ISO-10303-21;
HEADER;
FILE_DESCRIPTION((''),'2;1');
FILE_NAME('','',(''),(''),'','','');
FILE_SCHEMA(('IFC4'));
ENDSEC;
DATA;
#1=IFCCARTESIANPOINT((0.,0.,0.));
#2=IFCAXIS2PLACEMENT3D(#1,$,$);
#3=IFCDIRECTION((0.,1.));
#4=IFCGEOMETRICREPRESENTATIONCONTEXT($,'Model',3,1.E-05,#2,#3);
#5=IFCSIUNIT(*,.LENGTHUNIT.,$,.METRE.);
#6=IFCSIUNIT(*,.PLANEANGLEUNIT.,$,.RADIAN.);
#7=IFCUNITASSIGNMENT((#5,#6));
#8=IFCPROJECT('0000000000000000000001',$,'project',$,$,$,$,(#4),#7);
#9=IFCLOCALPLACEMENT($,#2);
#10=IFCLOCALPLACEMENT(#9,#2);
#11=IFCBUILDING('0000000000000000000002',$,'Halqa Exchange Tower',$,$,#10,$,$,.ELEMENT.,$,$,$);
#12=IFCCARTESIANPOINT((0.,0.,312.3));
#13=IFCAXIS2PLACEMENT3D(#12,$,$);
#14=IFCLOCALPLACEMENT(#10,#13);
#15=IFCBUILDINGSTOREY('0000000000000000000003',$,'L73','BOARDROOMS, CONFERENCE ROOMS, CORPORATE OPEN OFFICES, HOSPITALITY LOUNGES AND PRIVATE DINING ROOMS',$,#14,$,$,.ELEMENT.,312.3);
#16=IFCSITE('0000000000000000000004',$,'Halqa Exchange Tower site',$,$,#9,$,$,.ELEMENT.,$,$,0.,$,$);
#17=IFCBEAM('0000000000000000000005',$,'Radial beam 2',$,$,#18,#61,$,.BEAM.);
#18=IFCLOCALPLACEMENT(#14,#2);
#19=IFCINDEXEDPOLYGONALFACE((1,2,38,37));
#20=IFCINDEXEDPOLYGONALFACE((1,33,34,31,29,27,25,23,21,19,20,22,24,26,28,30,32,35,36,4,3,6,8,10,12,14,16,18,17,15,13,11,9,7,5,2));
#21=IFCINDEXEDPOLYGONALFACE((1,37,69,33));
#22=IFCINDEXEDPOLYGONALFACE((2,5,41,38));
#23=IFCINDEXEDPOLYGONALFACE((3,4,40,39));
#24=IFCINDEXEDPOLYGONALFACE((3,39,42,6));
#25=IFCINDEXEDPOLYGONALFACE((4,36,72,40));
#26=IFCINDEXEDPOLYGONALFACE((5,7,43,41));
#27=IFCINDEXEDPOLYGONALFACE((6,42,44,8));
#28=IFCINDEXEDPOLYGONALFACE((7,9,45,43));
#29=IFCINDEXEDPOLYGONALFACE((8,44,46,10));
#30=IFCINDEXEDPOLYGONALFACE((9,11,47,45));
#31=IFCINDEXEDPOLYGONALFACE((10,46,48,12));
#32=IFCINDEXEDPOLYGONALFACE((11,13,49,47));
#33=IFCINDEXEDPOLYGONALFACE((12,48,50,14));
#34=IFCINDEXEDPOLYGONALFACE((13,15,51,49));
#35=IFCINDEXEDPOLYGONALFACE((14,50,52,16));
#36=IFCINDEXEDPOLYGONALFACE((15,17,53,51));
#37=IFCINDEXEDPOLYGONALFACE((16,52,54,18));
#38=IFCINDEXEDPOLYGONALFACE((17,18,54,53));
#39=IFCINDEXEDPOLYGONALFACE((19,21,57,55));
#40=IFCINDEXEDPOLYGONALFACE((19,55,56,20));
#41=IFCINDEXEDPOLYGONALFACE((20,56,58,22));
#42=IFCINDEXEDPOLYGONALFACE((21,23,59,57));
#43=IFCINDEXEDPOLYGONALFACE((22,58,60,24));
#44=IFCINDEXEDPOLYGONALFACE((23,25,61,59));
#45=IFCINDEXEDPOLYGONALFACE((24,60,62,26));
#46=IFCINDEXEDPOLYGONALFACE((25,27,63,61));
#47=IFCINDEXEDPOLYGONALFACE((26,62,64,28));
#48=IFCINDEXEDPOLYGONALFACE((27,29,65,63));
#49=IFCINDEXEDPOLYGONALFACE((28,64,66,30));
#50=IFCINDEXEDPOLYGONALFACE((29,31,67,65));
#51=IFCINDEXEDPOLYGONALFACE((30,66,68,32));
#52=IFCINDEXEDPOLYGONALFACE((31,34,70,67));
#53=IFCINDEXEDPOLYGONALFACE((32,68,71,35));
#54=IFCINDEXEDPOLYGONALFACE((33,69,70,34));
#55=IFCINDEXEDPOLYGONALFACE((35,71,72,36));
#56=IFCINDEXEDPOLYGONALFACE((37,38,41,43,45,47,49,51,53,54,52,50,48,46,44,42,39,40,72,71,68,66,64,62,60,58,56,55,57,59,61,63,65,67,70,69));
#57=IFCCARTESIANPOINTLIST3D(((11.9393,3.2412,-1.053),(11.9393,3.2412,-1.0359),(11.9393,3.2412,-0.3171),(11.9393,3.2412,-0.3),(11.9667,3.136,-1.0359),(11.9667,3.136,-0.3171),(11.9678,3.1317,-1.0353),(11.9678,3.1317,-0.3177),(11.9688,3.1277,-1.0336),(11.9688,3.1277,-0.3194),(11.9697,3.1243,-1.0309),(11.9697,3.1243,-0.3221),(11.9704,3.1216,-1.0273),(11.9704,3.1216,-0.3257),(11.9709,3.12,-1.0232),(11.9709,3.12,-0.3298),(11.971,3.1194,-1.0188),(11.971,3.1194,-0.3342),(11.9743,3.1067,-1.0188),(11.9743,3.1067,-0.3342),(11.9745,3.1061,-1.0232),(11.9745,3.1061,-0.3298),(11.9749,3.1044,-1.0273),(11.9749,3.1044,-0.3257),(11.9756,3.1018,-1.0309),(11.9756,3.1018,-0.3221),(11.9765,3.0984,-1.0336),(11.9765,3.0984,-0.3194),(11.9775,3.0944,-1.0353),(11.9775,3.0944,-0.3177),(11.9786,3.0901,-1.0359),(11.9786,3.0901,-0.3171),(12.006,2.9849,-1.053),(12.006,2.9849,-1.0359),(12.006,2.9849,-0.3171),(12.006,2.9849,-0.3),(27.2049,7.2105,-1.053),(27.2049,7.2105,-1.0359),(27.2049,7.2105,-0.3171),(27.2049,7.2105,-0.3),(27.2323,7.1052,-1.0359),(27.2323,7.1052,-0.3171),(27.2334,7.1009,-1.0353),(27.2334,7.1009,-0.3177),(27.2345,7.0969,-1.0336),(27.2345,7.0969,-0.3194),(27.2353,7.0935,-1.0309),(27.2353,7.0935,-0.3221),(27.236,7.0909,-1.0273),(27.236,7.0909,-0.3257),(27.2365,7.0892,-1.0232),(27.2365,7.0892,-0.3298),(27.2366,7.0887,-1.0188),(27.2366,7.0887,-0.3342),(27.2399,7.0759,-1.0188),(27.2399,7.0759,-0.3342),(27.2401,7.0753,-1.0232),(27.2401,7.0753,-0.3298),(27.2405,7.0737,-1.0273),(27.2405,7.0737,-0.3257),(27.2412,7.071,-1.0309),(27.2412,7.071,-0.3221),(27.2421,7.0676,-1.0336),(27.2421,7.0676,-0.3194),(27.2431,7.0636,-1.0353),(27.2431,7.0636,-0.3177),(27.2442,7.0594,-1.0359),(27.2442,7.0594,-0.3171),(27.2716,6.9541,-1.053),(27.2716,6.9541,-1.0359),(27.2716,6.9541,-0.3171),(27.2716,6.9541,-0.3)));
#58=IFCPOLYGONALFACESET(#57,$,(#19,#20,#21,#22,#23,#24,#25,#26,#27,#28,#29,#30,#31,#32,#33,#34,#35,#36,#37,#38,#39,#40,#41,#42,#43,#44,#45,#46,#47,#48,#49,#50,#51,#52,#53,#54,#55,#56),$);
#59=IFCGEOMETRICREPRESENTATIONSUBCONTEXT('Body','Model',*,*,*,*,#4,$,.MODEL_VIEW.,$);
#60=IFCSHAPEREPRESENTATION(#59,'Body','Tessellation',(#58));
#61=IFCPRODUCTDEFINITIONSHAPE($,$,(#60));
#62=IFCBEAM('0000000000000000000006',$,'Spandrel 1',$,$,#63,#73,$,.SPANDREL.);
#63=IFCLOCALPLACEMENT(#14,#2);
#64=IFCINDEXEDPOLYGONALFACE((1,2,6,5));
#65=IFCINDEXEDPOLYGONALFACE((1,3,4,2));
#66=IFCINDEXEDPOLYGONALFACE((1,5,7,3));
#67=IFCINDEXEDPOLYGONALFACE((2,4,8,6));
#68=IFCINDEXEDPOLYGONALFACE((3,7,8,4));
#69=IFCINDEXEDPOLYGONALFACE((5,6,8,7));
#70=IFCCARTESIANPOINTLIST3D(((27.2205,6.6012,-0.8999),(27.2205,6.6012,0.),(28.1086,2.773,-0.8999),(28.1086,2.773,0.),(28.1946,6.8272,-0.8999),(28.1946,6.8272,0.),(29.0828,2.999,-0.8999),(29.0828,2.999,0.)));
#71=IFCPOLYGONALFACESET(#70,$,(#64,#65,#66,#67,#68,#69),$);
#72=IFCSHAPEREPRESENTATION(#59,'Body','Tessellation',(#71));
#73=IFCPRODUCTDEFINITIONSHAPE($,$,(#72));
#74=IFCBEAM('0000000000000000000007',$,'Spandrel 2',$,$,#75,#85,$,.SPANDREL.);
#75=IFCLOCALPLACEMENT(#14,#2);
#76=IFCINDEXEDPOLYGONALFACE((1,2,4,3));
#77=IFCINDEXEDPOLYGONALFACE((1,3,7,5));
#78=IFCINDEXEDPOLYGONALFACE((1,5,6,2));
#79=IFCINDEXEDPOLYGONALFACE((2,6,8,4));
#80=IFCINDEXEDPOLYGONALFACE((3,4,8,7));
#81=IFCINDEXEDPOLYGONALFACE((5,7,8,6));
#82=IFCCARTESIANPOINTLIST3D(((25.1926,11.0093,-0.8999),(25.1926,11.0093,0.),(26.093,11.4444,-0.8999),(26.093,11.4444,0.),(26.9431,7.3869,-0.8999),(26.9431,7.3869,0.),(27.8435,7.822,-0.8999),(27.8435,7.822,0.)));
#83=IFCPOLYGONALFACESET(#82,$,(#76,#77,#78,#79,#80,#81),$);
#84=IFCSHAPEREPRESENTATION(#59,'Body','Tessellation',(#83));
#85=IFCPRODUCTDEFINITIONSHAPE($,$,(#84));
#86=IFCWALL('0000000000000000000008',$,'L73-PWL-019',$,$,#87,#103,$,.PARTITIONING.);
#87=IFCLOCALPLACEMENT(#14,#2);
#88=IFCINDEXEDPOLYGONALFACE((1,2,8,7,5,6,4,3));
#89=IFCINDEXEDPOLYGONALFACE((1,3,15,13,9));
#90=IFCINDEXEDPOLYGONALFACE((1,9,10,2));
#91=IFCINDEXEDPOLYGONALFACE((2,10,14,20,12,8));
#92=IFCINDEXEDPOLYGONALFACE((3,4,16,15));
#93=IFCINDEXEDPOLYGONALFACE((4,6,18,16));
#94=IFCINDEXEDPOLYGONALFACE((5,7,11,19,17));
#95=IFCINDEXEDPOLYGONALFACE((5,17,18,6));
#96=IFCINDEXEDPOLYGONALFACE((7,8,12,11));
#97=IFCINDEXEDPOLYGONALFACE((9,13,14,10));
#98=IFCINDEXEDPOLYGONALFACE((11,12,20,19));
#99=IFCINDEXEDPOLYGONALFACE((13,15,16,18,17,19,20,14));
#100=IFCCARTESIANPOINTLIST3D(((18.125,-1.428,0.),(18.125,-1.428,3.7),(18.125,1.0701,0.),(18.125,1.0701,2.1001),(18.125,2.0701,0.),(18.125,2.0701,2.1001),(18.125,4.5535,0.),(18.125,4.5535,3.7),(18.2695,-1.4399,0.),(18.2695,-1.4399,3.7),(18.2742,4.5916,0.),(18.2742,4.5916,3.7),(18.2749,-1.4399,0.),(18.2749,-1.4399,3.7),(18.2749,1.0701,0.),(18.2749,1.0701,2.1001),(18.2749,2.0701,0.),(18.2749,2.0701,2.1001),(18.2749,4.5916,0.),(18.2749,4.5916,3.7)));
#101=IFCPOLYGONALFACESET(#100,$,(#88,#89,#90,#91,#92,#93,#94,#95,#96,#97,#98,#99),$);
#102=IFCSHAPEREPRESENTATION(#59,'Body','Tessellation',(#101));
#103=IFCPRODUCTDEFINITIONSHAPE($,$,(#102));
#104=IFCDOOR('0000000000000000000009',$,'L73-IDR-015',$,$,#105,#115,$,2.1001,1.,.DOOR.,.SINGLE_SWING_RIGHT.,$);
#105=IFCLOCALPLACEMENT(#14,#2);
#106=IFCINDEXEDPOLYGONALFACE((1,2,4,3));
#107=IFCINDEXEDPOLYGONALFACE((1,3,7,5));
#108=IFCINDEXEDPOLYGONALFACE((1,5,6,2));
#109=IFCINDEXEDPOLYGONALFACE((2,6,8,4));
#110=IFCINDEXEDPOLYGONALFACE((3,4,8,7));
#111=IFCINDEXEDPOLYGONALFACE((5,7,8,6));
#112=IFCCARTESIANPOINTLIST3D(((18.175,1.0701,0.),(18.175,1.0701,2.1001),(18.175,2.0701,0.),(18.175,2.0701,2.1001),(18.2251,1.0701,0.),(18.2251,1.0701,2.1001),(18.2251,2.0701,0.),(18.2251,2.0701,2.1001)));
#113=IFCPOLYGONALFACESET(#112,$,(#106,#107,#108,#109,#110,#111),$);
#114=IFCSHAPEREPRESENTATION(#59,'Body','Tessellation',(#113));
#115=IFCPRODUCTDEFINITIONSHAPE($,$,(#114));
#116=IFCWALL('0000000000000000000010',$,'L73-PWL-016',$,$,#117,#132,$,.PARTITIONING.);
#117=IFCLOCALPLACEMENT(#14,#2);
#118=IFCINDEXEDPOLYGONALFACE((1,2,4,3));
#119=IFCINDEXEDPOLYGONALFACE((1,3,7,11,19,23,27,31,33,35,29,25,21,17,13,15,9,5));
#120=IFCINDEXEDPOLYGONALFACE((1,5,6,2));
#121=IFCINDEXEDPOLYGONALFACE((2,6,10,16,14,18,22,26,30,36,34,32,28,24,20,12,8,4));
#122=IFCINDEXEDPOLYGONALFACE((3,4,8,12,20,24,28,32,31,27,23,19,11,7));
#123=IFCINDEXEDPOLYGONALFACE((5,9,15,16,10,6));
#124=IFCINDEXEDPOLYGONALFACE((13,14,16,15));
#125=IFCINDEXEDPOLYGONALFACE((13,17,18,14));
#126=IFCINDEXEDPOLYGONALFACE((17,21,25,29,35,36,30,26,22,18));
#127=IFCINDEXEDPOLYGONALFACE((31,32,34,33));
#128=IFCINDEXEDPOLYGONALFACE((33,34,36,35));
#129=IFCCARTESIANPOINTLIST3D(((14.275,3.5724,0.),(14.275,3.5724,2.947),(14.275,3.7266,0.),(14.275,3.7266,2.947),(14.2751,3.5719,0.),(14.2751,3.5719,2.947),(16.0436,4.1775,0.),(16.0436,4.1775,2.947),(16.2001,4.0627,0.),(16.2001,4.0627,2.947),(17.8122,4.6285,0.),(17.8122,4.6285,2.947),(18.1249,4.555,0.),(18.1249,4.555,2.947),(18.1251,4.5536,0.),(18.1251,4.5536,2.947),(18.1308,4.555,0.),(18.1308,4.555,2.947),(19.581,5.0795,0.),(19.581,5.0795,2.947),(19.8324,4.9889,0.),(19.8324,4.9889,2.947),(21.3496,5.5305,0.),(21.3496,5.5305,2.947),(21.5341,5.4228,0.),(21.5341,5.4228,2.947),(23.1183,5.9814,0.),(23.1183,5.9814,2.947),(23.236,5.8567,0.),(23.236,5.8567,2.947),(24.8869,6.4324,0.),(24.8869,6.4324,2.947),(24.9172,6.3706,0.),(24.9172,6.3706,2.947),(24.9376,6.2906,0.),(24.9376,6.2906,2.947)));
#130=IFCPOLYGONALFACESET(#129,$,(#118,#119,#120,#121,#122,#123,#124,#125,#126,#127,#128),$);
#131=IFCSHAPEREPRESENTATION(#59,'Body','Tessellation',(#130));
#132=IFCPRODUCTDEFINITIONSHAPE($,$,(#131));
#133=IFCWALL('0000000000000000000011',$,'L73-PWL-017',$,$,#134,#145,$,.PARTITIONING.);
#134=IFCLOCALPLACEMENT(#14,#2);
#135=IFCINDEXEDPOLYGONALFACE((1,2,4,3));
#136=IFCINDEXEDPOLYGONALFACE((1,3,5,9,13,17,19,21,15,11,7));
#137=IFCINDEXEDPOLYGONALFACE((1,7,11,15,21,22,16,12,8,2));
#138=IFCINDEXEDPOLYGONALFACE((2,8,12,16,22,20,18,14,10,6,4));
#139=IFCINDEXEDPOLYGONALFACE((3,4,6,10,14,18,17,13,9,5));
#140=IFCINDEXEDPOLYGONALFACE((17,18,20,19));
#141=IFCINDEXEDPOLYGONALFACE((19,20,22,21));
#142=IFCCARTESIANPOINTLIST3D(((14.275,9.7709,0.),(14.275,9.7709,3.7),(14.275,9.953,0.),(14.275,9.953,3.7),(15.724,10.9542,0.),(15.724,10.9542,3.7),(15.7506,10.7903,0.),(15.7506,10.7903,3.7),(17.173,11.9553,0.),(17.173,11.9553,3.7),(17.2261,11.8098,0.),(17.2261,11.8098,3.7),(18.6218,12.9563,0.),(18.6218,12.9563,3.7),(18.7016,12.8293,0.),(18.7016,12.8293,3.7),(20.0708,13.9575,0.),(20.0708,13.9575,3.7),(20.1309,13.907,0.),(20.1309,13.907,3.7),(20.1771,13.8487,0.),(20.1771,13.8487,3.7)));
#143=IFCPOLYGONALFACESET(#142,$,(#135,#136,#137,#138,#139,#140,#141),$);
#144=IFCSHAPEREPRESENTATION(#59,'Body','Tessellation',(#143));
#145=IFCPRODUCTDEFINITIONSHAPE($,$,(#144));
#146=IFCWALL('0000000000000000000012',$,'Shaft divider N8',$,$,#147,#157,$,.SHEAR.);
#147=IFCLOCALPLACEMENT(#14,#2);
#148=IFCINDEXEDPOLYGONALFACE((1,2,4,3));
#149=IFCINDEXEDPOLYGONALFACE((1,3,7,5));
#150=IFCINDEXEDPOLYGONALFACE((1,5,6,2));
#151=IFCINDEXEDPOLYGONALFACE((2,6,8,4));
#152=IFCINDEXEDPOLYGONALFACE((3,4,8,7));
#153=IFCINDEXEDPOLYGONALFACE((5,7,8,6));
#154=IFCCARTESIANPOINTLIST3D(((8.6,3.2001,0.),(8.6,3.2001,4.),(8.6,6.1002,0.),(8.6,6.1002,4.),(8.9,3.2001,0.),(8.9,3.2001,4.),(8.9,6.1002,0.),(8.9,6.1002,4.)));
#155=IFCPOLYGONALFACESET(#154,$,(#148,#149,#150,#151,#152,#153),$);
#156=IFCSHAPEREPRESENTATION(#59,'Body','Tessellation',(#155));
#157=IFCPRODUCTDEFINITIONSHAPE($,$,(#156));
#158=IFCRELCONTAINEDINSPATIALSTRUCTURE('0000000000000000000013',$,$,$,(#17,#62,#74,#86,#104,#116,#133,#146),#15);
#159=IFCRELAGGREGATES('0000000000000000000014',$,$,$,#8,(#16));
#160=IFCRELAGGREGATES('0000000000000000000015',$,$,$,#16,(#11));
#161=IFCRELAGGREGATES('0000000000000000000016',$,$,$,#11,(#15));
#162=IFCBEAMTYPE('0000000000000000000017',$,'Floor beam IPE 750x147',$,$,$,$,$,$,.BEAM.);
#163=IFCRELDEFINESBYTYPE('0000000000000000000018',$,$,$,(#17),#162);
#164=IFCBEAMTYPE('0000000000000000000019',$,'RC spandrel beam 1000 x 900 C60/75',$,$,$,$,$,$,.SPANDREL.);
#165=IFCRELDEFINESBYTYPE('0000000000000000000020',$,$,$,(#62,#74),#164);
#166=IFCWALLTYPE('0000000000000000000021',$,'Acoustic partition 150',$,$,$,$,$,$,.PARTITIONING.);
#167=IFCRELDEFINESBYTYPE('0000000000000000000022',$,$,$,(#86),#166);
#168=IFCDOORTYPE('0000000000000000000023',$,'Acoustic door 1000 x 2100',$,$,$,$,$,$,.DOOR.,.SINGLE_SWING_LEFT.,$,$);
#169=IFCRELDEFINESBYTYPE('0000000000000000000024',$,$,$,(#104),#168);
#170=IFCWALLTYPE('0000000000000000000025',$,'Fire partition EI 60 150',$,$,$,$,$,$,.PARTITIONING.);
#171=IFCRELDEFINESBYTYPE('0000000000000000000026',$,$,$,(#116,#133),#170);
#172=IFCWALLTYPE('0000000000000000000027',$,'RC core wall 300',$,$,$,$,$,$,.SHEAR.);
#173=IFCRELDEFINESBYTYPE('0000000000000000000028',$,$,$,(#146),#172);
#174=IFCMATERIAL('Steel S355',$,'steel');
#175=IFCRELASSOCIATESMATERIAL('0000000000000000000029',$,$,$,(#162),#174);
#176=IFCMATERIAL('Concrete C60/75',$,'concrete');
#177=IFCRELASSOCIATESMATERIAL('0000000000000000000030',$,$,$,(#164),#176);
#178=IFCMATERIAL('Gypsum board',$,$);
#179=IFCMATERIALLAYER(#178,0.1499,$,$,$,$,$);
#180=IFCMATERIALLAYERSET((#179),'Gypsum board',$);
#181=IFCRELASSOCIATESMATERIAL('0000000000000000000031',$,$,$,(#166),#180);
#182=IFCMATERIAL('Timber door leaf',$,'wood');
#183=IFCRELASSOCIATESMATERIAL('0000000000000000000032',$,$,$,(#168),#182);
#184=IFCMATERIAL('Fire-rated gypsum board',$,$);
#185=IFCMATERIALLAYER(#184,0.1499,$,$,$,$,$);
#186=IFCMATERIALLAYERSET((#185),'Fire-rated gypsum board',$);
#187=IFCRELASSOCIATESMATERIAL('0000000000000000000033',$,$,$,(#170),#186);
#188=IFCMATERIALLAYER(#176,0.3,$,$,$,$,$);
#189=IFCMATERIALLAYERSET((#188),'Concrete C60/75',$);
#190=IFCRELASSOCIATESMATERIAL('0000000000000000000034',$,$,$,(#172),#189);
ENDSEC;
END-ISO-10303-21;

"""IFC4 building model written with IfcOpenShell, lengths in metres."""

from ifc_helpers import new_model, si_unit, direction, frame, frame_2d, origin, origin_2d, place, context, subcontext, project, spatial, polyline, rectangle, i_section, outline, extrude, material, layer, layer_set, material_profile, profile_set, type_object, element, fill, save


model = new_model("IFC4")

# Units and contexts
model_context = context("Model", 3, precision=1e-05, world=origin(), true_north=direction((0.0, 1.0)))
body_context = subcontext(model_context, "Body", "Model", "MODEL_VIEW")
ifc_project = project(units=[si_unit("LENGTHUNIT", "METRE"), si_unit("PLANEANGLEUNIT", "RADIAN")], contexts=[model_context])

# Site, building, storey
site_placement = place(None, origin())
site = spatial("IfcSite", under=ifc_project, at=site_placement, Name="Halqa Exchange Tower site", CompositionType="ELEMENT", RefElevation=0.0)
building_placement = place(site_placement, origin())
building = spatial("IfcBuilding", under=site, at=building_placement, Name="Halqa Exchange Tower", CompositionType="ELEMENT")
storey_placement = place(building_placement, frame((0.0, 0.0, 312.3)))
storey = spatial("IfcBuildingStorey", under=building, at=storey_placement, Name="L73", Description="BOARDROOMS, CONFERENCE ROOMS, CORPORATE OPEN OFFICES, HOSPITALITY LOUNGES AND PRIVATE DINING ROOMS", CompositionType="ELEMENT", Elevation=312.3)

# Beams
ifc_material_1 = material(Name="Steel S355", Category="steel")
ifc_material_profile_1 = material_profile(ifc_material_1, i_section(OverallWidth=0.2649, OverallDepth=0.7529, WebThickness=0.0132, FlangeThickness=0.0171, FilletRadius=0.0171, at=origin_2d()), Name="IPE 750x147")
ifc_profile_set_1 = profile_set([ifc_material_profile_1], Name="Steel S355")
beam_type_1 = type_object("IfcBeamType", Name="Floor beam IPE 750x147", PredefinedType="BEAM", material=ifc_profile_set_1)
beam_1_placement = place(storey_placement, frame((11.9727, 3.113, -0.6765), z_axis=(0.96782, 0.251644, 0.0), x_axis=(-0.251644, 0.96782, 0.0)))
element("IfcBeam", 1, at=beam_1_placement, inside=storey, type_object=beam_type_1, Name="Radial beam 2", PredefinedType="BEAM", context=body_context, shape_type="SweptSolid", body=[
    extrude(i_section(OverallWidth=0.2649, OverallDepth=0.7529, WebThickness=0.0132, FlangeThickness=0.0171, FilletRadius=0.0171, at=origin_2d()), origin(), (0.0, 0.0, 1.0), 15.7732),
])
ifc_material_2 = material(Name="Concrete C60/75", Category="concrete")
ifc_material_profile_2 = material_profile(ifc_material_2, rectangle(XDim=1.0, YDim=0.8999, at=origin_2d()), Name="1000 x 900")
ifc_profile_set_2 = profile_set([ifc_material_profile_2], Name="Concrete C60/75")
beam_type_2 = type_object("IfcBeamType", Name="RC spandrel beam 1000 x 900 C60/75", PredefinedType="SPANDREL", material=ifc_profile_set_2)
beam_2_placement = place(storey_placement, frame((28.5957, 2.886, -0.45), z_axis=(-0.225998, 0.974128, 0.0), x_axis=(-0.974128, -0.225998, 0.0)))
element("IfcBeam", 2, at=beam_2_placement, inside=storey, type_object=beam_type_2, Name="Spandrel 1", PredefinedType="SPANDREL", context=body_context, shape_type="SweptSolid", body=[
    extrude(rectangle(XDim=1.0, YDim=0.8999, at=origin_2d()), origin(), (0.0, 0.0, 1.0), 3.9299),
])
beam_3_placement = place(storey_placement, frame((27.3933, 7.6045, -0.45), z_axis=(-0.435109, 0.900378, 0.0), x_axis=(-0.900378, -0.435109, 0.0)))
element("IfcBeam", 3, at=beam_3_placement, inside=storey, type_object=beam_type_2, Name="Spandrel 2", PredefinedType="SPANDREL", context=body_context, shape_type="SweptSolid", body=[
    extrude(rectangle(XDim=1.0, YDim=0.8999, at=origin_2d()), origin(), (0.0, 0.0, 1.0), 4.0232),
])

# Wall, opening, door
ifc_material_3 = material(Name="Gypsum board")
ifc_layer_1 = layer(ifc_material_3, 0.1499)
ifc_layer_set_1 = layer_set([ifc_layer_1], Name="Gypsum board")
wall_type_1 = type_object("IfcWallType", Name="Acoustic partition 150", PredefinedType="PARTITIONING", material=ifc_layer_set_1)
wall_1_placement = place(storey_placement, frame((18.2, 4.5916, 0.0), z_axis=(0.0, 0.0, 1.0), x_axis=(0.0, -1.0, 0.0)))
wall_1 = element("IfcWall", 4, at=wall_1_placement, inside=storey, type_object=wall_type_1, Name="L73-PWL-019", PredefinedType="PARTITIONING", context=body_context, shape_type="SweptSolid", body=[
    extrude(outline(polyline([(0.0381, -0.075), (2.032, -0.075), (4.0256, -0.075), (6.0195, -0.075), (6.0315, 0.0696), (6.0315, 0.075), (4.5237, 0.075), (3.0156, 0.075), (1.5078, 0.075), (0.0, 0.075), (0.0, 0.0742), (0.0381, -0.075)])), origin(), (0.0, 0.0, 1.0), 3.7),
])
opening_1_placement = place(wall_1_placement, frame((2.5215, 0.0, 0.0)))
opening_1 = element("IfcOpeningElement", 5, at=opening_1_placement, cuts=wall_1, PredefinedType="OPENING", context=body_context, shape_type="SweptSolid", body=[
    extrude(rectangle(XDim=1.0, YDim=2.1001, at=frame_2d((0.5, 1.05))), frame((0.0, 0.0869, 0.0), z_axis=(0.0, -1.0, 0.0), x_axis=(1.0, 0.0, 0.0)), (0.0, 0.0, 1.0), 0.1738),
])
ifc_material_4 = material(Name="Timber door leaf", Category="wood")
door_type = type_object("IfcDoorType", Name="Acoustic door 1000 x 2100", OperationType="SINGLE_SWING_LEFT", PredefinedType="DOOR", material=ifc_material_4)
door_placement = place(opening_1_placement, frame((1.0, 0.0, 0.0), z_axis=(0.0, 0.0, 1.0), x_axis=(-1.0, 0.0, 0.0)))
door = element("IfcDoor", 6, at=door_placement, inside=storey, type_object=door_type, Name="L73-IDR-015", OperationType="SINGLE_SWING_RIGHT", OverallHeight=2.1001, OverallWidth=1.0, PredefinedType="DOOR", context=body_context, shape_type="SweptSolid", body=[
    extrude(rectangle(XDim=1.0, YDim=2.1001, at=frame_2d((0.5, 1.05))), frame((0.0, 0.0249, 0.0), z_axis=(0.0, -1.0, 0.0), x_axis=(1.0, 0.0, 0.0)), (0.0, 0.0, 1.0), 0.05),
])
fill(opening_1, door)

# Walls
ifc_material_5 = material(Name="Fire-rated gypsum board")
ifc_layer_2 = layer(ifc_material_5, 0.1499)
ifc_layer_set_2 = layer_set([ifc_layer_2], Name="Fire-rated gypsum board")
wall_type_2 = type_object("IfcWallType", Name="Fire partition EI 60 150", PredefinedType="PARTITIONING", material=ifc_layer_set_2)
wall_2_placement = place(storey_placement, frame((14.2566, 3.6445, 0.0), z_axis=(0.0, 0.0, 1.0), x_axis=(0.968996, 0.247075, 0.0)))
element("IfcWall", 7, at=wall_2_placement, inside=storey, type_object=wall_type_2, Name="L73-PWL-016", PredefinedType="PARTITIONING", context=body_context, shape_type="SweptSolid", body=[
    extrude(outline(polyline([(0.0, -0.075), (1.9866, -0.075), (3.9731, -0.075), (3.9734, -0.0735), (3.979, -0.075), (5.7351, -0.075), (7.4912, -0.075), (9.2476, -0.075), (11.0037, -0.075), (11.0037, 0.0076), (10.9895, 0.075), (9.1643, 0.075), (7.3391, 0.075), (5.5139, 0.075), (3.6885, 0.075), (1.8633, 0.075), (0.0381, 0.075), (0.0, -0.0745), (0.0, -0.075)])), origin(), (0.0, 0.0, 1.0), 2.947),
])
wall_3_placement = place(storey_placement, frame((14.2324, 9.8325, 0.0), z_axis=(0.0, 0.0, 1.0), x_axis=(0.822726, 0.568438, 0.0)))
element("IfcWall", 8, at=wall_3_placement, inside=storey, type_object=wall_type_2, Name="L73-PWL-017", PredefinedType="PARTITIONING", context=body_context, shape_type="SweptSolid", body=[
    extrude(outline(polyline([(0.0, -0.075), (1.7935, -0.075), (3.5869, -0.075), (5.3804, -0.075), (7.1738, -0.075), (7.1689, -0.0007), (7.1482, 0.075), (5.387, 0.075), (3.626, 0.075), (1.8647, 0.075), (0.1035, 0.075), (0.0, -0.075), (0.0, -0.075)])), origin(), (0.0, 0.0, 1.0), 3.7),
])
ifc_layer_3 = layer(ifc_material_2, 0.3)
ifc_layer_set_3 = layer_set([ifc_layer_3], Name="Concrete C60/75")
wall_type_3 = type_object("IfcWallType", Name="RC core wall 300", PredefinedType="SHEAR", material=ifc_layer_set_3)
wall_4_placement = place(storey_placement, frame((8.75, 3.2, 0.0), z_axis=(0.0, 0.0, 1.0), x_axis=(0.0, 1.0, 0.0)))
element("IfcWall", 9, at=wall_4_placement, inside=storey, type_object=wall_type_3, Name="Shaft divider N8", PredefinedType="SHEAR", context=body_context, shape_type="SweptSolid", body=[
    extrude(rectangle(XDim=2.9001, YDim=0.3, at=frame_2d((1.4502, 0.0))), origin(), (0.0, 0.0, 1.0), 4.0),
])

save(model, "model.ifc")
